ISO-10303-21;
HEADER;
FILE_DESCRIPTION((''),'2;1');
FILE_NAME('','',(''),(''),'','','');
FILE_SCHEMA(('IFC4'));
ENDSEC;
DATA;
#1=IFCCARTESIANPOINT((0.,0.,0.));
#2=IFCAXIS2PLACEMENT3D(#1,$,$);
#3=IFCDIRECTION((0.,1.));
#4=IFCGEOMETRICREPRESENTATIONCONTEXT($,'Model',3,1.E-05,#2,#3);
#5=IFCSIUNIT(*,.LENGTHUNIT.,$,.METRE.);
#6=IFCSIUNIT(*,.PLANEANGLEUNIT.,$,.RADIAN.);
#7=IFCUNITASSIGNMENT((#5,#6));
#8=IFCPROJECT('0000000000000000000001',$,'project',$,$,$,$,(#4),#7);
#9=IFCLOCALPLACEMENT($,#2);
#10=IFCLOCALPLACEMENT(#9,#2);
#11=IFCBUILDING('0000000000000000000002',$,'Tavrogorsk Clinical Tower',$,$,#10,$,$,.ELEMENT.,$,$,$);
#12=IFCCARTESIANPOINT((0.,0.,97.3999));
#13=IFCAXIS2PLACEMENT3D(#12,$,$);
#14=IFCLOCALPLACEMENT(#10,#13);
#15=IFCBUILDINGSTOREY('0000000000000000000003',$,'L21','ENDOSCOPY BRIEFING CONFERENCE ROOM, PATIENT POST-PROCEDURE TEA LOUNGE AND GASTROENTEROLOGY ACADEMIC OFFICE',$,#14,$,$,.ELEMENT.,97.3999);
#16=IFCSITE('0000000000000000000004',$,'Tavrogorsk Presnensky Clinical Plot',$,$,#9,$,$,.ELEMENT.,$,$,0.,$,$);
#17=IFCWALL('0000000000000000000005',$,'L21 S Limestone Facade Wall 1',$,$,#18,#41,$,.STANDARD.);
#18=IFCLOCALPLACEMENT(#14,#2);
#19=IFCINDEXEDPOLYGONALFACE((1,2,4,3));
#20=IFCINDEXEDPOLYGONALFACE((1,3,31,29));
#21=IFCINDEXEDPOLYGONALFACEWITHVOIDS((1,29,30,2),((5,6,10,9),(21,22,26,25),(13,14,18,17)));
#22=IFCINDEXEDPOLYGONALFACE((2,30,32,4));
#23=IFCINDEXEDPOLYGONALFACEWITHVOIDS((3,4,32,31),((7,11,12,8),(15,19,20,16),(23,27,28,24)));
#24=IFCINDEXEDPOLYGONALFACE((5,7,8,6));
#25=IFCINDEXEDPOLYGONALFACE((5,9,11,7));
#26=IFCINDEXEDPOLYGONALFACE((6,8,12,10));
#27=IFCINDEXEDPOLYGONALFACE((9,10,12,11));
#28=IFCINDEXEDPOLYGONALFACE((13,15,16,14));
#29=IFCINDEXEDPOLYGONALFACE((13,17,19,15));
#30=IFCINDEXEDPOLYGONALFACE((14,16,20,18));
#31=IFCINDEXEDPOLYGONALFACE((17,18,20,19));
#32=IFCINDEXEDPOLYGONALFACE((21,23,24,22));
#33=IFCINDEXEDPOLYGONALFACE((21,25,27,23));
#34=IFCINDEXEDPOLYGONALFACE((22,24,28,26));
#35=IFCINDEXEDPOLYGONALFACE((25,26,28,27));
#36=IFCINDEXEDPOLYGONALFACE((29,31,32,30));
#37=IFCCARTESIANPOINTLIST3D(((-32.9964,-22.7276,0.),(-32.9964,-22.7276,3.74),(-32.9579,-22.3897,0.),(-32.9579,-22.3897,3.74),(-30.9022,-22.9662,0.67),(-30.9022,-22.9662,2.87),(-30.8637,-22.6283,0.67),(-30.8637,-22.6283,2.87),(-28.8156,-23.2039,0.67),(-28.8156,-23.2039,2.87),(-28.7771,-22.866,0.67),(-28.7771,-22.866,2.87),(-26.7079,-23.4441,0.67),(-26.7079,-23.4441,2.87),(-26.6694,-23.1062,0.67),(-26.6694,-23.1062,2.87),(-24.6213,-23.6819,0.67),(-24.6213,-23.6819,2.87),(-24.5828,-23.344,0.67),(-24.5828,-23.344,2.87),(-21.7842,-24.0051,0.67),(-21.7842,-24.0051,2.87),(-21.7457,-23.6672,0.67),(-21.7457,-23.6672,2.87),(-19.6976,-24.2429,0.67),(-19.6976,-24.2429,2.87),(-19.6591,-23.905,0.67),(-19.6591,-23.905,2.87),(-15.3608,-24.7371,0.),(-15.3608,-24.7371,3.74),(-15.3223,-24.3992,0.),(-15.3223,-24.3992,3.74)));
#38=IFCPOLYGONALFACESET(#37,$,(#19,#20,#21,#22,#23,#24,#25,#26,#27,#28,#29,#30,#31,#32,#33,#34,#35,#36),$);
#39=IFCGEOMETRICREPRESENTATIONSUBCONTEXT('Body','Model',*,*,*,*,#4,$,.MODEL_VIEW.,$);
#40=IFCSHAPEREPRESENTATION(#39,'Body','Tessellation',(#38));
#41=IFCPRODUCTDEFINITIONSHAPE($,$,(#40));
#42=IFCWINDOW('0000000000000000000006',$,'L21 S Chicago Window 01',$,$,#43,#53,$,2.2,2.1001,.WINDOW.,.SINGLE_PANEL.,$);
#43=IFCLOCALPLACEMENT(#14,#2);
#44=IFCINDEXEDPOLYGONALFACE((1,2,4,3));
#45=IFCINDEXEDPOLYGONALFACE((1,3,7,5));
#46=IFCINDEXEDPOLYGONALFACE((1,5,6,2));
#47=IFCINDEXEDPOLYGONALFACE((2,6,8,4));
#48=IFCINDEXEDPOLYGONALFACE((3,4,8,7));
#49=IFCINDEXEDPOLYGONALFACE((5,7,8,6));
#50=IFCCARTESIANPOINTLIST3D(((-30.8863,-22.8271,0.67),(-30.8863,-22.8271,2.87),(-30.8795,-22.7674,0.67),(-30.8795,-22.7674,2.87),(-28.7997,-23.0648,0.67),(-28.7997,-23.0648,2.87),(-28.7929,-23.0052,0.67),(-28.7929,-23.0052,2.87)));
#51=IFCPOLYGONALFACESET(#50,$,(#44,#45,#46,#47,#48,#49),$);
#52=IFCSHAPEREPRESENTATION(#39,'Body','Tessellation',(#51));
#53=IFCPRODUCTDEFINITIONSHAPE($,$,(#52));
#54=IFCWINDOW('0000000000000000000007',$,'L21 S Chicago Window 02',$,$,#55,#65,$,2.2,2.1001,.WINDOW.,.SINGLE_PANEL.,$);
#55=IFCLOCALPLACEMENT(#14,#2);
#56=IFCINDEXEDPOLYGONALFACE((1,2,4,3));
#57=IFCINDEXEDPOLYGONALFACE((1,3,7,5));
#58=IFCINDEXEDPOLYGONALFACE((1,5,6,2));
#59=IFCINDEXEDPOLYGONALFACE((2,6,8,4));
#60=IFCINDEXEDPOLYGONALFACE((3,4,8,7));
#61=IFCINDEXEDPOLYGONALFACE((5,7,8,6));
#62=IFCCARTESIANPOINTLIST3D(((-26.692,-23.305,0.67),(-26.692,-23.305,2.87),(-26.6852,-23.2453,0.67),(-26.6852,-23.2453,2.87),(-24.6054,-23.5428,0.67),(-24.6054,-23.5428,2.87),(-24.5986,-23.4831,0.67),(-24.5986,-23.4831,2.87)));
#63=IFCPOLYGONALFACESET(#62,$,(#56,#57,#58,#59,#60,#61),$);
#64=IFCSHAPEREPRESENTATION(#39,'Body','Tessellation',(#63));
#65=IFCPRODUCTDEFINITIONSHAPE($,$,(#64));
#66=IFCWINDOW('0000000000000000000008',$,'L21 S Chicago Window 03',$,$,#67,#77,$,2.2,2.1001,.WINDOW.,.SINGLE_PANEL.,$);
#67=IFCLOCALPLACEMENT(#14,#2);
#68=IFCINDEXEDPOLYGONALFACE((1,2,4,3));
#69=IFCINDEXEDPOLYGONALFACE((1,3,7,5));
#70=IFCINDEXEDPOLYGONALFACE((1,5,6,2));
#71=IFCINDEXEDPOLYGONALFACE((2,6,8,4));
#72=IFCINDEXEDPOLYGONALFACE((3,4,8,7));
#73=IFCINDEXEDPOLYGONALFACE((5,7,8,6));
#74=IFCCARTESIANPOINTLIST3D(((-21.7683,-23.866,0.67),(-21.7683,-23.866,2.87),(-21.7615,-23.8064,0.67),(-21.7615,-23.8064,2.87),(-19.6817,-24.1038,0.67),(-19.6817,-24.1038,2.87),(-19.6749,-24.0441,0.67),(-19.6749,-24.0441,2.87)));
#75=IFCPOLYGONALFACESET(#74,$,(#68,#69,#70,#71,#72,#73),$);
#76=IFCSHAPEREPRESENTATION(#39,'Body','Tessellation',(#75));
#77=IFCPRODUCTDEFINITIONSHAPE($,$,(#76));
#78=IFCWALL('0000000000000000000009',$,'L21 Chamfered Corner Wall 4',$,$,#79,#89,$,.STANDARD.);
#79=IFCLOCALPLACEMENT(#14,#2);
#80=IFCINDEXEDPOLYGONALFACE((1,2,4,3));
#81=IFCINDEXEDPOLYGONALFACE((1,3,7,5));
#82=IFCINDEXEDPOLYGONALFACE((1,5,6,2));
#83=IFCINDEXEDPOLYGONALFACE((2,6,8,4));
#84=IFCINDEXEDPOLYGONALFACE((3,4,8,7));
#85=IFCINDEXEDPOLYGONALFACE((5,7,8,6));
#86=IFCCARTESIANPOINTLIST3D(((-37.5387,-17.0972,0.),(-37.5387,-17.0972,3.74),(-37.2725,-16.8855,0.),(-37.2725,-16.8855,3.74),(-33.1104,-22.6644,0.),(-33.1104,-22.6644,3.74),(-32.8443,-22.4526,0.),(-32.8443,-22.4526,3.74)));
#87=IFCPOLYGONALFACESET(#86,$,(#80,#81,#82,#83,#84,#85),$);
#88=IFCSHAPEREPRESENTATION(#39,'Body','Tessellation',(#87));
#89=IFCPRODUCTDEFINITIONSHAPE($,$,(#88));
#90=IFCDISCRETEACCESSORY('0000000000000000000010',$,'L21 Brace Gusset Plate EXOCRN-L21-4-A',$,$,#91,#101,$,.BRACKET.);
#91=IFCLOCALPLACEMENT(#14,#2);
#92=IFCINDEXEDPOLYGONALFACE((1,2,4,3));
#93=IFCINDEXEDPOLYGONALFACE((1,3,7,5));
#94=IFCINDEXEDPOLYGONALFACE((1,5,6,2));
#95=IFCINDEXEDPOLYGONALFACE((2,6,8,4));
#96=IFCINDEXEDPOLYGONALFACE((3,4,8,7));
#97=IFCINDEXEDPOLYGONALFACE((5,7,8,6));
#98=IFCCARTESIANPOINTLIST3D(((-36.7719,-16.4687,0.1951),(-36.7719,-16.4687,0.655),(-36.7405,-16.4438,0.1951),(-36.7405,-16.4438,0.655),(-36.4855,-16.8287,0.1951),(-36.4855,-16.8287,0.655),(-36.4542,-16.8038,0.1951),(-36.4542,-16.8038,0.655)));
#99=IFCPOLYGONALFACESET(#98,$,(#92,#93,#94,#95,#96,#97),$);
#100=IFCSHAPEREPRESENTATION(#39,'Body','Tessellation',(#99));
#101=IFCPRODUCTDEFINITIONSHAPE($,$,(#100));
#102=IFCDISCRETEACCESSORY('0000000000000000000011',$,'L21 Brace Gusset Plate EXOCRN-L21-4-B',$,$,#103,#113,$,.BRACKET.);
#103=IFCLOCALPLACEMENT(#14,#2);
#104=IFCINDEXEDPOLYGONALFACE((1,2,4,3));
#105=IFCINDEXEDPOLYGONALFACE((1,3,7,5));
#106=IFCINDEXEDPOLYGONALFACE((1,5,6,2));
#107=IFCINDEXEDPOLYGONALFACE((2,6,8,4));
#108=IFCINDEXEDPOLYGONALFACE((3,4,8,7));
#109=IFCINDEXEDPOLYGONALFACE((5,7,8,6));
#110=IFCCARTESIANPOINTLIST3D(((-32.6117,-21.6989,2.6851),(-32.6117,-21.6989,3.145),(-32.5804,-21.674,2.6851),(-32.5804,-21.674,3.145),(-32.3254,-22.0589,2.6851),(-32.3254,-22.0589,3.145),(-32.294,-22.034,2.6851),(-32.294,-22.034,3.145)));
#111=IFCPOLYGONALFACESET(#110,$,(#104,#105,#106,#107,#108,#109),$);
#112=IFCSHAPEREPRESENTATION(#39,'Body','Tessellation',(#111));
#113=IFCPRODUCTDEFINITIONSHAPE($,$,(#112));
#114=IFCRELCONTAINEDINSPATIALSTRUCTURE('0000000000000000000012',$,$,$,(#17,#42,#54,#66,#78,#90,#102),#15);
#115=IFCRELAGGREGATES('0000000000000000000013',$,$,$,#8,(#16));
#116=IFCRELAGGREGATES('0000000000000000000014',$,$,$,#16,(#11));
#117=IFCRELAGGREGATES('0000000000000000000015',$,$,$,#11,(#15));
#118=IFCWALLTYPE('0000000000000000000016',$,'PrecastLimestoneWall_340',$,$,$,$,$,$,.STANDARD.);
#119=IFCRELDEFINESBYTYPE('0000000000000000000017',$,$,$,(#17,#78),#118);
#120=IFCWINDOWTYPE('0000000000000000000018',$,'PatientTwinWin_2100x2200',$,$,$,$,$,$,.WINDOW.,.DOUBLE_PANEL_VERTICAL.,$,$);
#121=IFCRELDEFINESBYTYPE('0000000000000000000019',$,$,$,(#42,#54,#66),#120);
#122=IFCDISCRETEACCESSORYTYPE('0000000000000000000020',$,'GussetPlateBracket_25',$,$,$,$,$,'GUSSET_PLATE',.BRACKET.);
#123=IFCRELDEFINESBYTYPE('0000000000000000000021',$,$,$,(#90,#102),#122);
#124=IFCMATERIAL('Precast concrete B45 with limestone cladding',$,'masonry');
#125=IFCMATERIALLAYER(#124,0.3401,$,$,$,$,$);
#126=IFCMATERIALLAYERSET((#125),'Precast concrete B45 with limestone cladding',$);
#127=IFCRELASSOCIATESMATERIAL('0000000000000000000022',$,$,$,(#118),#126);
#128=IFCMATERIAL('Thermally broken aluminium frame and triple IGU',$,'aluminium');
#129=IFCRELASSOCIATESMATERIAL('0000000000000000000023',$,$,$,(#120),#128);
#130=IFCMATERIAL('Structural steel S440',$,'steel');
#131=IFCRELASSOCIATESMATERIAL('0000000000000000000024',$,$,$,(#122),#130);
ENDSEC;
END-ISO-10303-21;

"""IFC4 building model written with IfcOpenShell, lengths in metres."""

from ifc_helpers import new_model, si_unit, direction, frame, frame_2d, origin, origin_2d, place, context, subcontext, project, spatial, rectangle, extrude, material, layer, layer_set, type_object, element, fill, save


model = new_model("IFC4")

# Units and contexts
model_context = context("Model", 3, precision=1e-05, world=origin(), true_north=direction((0.0, 1.0)))
body_context = subcontext(model_context, "Body", "Model", "MODEL_VIEW")
ifc_project = project(units=[si_unit("LENGTHUNIT", "METRE"), si_unit("PLANEANGLEUNIT", "RADIAN")], contexts=[model_context])

# Site, building, storey
site_placement = place(None, origin())
site = spatial("IfcSite", under=ifc_project, at=site_placement, Name="Tavrogorsk Presnensky Clinical Plot", CompositionType="ELEMENT", RefElevation=0.0)
building_placement = place(site_placement, origin())
building = spatial("IfcBuilding", under=site, at=building_placement, Name="Tavrogorsk Clinical Tower", CompositionType="ELEMENT")
storey_placement = place(building_placement, frame((0.0, 0.0, 97.3999)))
storey = spatial("IfcBuildingStorey", under=building, at=storey_placement, Name="L21", Description="ENDOSCOPY BRIEFING CONFERENCE ROOM, PATIENT POST-PROCEDURE TEA LOUNGE AND GASTROENTEROLOGY ACADEMIC OFFICE", CompositionType="ELEMENT", Elevation=97.3999)

# Wall, openings, windows
ifc_material_1 = material(Name="Precast concrete B45 with limestone cladding", Category="masonry")
ifc_layer_1 = layer(ifc_material_1, 0.3401)
ifc_layer_set_1 = layer_set([ifc_layer_1], Name="Precast concrete B45 with limestone cladding")
wall_type_1 = type_object("IfcWallType", Name="PrecastLimestoneWall_340", PredefinedType="STANDARD", material=ifc_layer_set_1)
wall_1_placement = place(storey_placement, frame((-32.9773, -22.5586, 0.0), z_axis=(0.0, 0.0, 1.0), x_axis=(0.993571, -0.113213, 0.0)))
wall_1 = element("IfcWall", 1, at=wall_1_placement, inside=storey, type_object=wall_type_1, Name="L21 S Limestone Facade Wall 1", PredefinedType="STANDARD", context=body_context, shape_type="SweptSolid", body=[
    extrude(rectangle(XDim=17.7498, YDim=0.3401, at=frame_2d((8.875, 0.0))), origin(), (0.0, 0.0, 1.0), 3.74),
])
opening_1_placement = place(wall_1_placement, frame((2.1079, 0.0, 0.6699)))
opening_1 = element("IfcOpeningElement", 2, at=opening_1_placement, cuts=wall_1, PredefinedType="OPENING", context=body_context, shape_type="SweptSolid", body=[
    extrude(rectangle(XDim=2.1001, YDim=2.2, at=frame_2d((1.05, 1.1001))), frame((0.0, 0.1799, 0.0), z_axis=(0.0, -1.0, 0.0), x_axis=(1.0, 0.0, 0.0)), (0.0, 0.0, 1.0), 0.3601),
])
opening_2_placement = place(wall_1_placement, frame((6.3293, 0.0, 0.6699)))
opening_2 = element("IfcOpeningElement", 3, at=opening_2_placement, cuts=wall_1, PredefinedType="OPENING", context=body_context, shape_type="SweptSolid", body=[
    extrude(rectangle(XDim=2.1001, YDim=2.2, at=frame_2d((1.05, 1.1001))), frame((0.0, 0.1799, 0.0), z_axis=(0.0, -1.0, 0.0), x_axis=(1.0, 0.0, 0.0)), (0.0, 0.0, 1.0), 0.3601),
])
opening_3_placement = place(wall_1_placement, frame((11.2849, 0.0, 0.6699)))
opening_3 = element("IfcOpeningElement", 4, at=opening_3_placement, cuts=wall_1, PredefinedType="OPENING", context=body_context, shape_type="SweptSolid", body=[
    extrude(rectangle(XDim=2.1001, YDim=2.2, at=frame_2d((1.05, 1.1001))), frame((0.0, 0.1799, 0.0), z_axis=(0.0, -1.0, 0.0), x_axis=(1.0, 0.0, 0.0)), (0.0, 0.0, 1.0), 0.3601),
])
ifc_material_2 = material(Name="Thermally broken aluminium frame and triple IGU", Category="aluminium")
window_type = type_object("IfcWindowType", Name="PatientTwinWin_2100x2200", PartitioningType="DOUBLE_PANEL_VERTICAL", PredefinedType="WINDOW", material=ifc_material_2)
window_1_placement = place(opening_1_placement, origin())
window_1 = element("IfcWindow", 5, at=window_1_placement, inside=storey, type_object=window_type, Name="L21 S Chicago Window 01", OverallHeight=2.2, OverallWidth=2.1001, PartitioningType="SINGLE_PANEL", PredefinedType="WINDOW", context=body_context, shape_type="SweptSolid", body=[
    extrude(rectangle(XDim=2.1001, YDim=2.2, at=frame_2d((1.05, 1.1001))), frame((0.0, 0.03, 0.0), z_axis=(0.0, -1.0, 0.0), x_axis=(1.0, 0.0, 0.0)), (0.0, 0.0, 1.0), 0.0601),
])
fill(opening_1, window_1)
window_2_placement = place(opening_2_placement, origin())
window_2 = element("IfcWindow", 6, at=window_2_placement, inside=storey, type_object=window_type, Name="L21 S Chicago Window 02", OverallHeight=2.2, OverallWidth=2.1001, PartitioningType="SINGLE_PANEL", PredefinedType="WINDOW", context=body_context, shape_type="SweptSolid", body=[
    extrude(rectangle(XDim=2.1001, YDim=2.2, at=frame_2d((1.05, 1.1001))), frame((0.0, 0.03, 0.0), z_axis=(0.0, -1.0, 0.0), x_axis=(1.0, 0.0, 0.0)), (0.0, 0.0, 1.0), 0.0601),
])
fill(opening_2, window_2)
window_3_placement = place(opening_3_placement, origin())
window_3 = element("IfcWindow", 7, at=window_3_placement, inside=storey, type_object=window_type, Name="L21 S Chicago Window 03", OverallHeight=2.2, OverallWidth=2.1001, PartitioningType="SINGLE_PANEL", PredefinedType="WINDOW", context=body_context, shape_type="SweptSolid", body=[
    extrude(rectangle(XDim=2.1001, YDim=2.2, at=frame_2d((1.05, 1.1001))), frame((0.0, 0.03, 0.0), z_axis=(0.0, -1.0, 0.0), x_axis=(1.0, 0.0, 0.0)), (0.0, 0.0, 1.0), 0.0601),
])
fill(opening_3, window_3)

# Wall
wall_2_placement = place(storey_placement, frame((-37.4055, -16.9915, 0.0), z_axis=(0.0, 0.0, 1.0), x_axis=(0.622508, -0.782614, 0.0)))
element("IfcWall", 8, at=wall_2_placement, inside=storey, type_object=wall_type_1, Name="L21 Chamfered Corner Wall 4", PredefinedType="STANDARD", context=body_context, shape_type="SweptSolid", body=[
    extrude(rectangle(XDim=7.1135, YDim=0.3401, at=frame_2d((3.5566, 0.0))), origin(), (0.0, 0.0, 1.0), 3.74),
])

# Discrete accessories
ifc_material_3 = material(Name="Structural steel S440", Category="steel")
discrete_accessory_type = type_object("IfcDiscreteAccessoryType", Name="GussetPlateBracket_25", ElementType="GUSSET_PLATE", PredefinedType="BRACKET", material=ifc_material_3)
for number, where, z_axis, x_axis, name in (
    (9, (-36.613, -16.6362, 0.1951), (0.0, 0.0, 1.0), (0.622515, -0.782608, 0.0), "L21 Brace Gusset Plate EXOCRN-L21-4-A"),
    (10, (-32.4529, -21.8665, 2.6851), (0.0, 0.0, 1.0), (0.622515, -0.782608, 0.0), "L21 Brace Gusset Plate EXOCRN-L21-4-B"),
):
    element("IfcDiscreteAccessory", number, at=place(storey_placement, frame(where, z_axis=z_axis, x_axis=x_axis)), inside=storey, type_object=discrete_accessory_type, Name=name, PredefinedType="BRACKET", context=body_context, shape_type="SweptSolid", body=[
        extrude(rectangle(XDim=0.46, YDim=0.04, at=origin_2d()), origin(), (0.0, 0.0, 1.0), 0.46),
    ])

save(model, "model.ifc")
